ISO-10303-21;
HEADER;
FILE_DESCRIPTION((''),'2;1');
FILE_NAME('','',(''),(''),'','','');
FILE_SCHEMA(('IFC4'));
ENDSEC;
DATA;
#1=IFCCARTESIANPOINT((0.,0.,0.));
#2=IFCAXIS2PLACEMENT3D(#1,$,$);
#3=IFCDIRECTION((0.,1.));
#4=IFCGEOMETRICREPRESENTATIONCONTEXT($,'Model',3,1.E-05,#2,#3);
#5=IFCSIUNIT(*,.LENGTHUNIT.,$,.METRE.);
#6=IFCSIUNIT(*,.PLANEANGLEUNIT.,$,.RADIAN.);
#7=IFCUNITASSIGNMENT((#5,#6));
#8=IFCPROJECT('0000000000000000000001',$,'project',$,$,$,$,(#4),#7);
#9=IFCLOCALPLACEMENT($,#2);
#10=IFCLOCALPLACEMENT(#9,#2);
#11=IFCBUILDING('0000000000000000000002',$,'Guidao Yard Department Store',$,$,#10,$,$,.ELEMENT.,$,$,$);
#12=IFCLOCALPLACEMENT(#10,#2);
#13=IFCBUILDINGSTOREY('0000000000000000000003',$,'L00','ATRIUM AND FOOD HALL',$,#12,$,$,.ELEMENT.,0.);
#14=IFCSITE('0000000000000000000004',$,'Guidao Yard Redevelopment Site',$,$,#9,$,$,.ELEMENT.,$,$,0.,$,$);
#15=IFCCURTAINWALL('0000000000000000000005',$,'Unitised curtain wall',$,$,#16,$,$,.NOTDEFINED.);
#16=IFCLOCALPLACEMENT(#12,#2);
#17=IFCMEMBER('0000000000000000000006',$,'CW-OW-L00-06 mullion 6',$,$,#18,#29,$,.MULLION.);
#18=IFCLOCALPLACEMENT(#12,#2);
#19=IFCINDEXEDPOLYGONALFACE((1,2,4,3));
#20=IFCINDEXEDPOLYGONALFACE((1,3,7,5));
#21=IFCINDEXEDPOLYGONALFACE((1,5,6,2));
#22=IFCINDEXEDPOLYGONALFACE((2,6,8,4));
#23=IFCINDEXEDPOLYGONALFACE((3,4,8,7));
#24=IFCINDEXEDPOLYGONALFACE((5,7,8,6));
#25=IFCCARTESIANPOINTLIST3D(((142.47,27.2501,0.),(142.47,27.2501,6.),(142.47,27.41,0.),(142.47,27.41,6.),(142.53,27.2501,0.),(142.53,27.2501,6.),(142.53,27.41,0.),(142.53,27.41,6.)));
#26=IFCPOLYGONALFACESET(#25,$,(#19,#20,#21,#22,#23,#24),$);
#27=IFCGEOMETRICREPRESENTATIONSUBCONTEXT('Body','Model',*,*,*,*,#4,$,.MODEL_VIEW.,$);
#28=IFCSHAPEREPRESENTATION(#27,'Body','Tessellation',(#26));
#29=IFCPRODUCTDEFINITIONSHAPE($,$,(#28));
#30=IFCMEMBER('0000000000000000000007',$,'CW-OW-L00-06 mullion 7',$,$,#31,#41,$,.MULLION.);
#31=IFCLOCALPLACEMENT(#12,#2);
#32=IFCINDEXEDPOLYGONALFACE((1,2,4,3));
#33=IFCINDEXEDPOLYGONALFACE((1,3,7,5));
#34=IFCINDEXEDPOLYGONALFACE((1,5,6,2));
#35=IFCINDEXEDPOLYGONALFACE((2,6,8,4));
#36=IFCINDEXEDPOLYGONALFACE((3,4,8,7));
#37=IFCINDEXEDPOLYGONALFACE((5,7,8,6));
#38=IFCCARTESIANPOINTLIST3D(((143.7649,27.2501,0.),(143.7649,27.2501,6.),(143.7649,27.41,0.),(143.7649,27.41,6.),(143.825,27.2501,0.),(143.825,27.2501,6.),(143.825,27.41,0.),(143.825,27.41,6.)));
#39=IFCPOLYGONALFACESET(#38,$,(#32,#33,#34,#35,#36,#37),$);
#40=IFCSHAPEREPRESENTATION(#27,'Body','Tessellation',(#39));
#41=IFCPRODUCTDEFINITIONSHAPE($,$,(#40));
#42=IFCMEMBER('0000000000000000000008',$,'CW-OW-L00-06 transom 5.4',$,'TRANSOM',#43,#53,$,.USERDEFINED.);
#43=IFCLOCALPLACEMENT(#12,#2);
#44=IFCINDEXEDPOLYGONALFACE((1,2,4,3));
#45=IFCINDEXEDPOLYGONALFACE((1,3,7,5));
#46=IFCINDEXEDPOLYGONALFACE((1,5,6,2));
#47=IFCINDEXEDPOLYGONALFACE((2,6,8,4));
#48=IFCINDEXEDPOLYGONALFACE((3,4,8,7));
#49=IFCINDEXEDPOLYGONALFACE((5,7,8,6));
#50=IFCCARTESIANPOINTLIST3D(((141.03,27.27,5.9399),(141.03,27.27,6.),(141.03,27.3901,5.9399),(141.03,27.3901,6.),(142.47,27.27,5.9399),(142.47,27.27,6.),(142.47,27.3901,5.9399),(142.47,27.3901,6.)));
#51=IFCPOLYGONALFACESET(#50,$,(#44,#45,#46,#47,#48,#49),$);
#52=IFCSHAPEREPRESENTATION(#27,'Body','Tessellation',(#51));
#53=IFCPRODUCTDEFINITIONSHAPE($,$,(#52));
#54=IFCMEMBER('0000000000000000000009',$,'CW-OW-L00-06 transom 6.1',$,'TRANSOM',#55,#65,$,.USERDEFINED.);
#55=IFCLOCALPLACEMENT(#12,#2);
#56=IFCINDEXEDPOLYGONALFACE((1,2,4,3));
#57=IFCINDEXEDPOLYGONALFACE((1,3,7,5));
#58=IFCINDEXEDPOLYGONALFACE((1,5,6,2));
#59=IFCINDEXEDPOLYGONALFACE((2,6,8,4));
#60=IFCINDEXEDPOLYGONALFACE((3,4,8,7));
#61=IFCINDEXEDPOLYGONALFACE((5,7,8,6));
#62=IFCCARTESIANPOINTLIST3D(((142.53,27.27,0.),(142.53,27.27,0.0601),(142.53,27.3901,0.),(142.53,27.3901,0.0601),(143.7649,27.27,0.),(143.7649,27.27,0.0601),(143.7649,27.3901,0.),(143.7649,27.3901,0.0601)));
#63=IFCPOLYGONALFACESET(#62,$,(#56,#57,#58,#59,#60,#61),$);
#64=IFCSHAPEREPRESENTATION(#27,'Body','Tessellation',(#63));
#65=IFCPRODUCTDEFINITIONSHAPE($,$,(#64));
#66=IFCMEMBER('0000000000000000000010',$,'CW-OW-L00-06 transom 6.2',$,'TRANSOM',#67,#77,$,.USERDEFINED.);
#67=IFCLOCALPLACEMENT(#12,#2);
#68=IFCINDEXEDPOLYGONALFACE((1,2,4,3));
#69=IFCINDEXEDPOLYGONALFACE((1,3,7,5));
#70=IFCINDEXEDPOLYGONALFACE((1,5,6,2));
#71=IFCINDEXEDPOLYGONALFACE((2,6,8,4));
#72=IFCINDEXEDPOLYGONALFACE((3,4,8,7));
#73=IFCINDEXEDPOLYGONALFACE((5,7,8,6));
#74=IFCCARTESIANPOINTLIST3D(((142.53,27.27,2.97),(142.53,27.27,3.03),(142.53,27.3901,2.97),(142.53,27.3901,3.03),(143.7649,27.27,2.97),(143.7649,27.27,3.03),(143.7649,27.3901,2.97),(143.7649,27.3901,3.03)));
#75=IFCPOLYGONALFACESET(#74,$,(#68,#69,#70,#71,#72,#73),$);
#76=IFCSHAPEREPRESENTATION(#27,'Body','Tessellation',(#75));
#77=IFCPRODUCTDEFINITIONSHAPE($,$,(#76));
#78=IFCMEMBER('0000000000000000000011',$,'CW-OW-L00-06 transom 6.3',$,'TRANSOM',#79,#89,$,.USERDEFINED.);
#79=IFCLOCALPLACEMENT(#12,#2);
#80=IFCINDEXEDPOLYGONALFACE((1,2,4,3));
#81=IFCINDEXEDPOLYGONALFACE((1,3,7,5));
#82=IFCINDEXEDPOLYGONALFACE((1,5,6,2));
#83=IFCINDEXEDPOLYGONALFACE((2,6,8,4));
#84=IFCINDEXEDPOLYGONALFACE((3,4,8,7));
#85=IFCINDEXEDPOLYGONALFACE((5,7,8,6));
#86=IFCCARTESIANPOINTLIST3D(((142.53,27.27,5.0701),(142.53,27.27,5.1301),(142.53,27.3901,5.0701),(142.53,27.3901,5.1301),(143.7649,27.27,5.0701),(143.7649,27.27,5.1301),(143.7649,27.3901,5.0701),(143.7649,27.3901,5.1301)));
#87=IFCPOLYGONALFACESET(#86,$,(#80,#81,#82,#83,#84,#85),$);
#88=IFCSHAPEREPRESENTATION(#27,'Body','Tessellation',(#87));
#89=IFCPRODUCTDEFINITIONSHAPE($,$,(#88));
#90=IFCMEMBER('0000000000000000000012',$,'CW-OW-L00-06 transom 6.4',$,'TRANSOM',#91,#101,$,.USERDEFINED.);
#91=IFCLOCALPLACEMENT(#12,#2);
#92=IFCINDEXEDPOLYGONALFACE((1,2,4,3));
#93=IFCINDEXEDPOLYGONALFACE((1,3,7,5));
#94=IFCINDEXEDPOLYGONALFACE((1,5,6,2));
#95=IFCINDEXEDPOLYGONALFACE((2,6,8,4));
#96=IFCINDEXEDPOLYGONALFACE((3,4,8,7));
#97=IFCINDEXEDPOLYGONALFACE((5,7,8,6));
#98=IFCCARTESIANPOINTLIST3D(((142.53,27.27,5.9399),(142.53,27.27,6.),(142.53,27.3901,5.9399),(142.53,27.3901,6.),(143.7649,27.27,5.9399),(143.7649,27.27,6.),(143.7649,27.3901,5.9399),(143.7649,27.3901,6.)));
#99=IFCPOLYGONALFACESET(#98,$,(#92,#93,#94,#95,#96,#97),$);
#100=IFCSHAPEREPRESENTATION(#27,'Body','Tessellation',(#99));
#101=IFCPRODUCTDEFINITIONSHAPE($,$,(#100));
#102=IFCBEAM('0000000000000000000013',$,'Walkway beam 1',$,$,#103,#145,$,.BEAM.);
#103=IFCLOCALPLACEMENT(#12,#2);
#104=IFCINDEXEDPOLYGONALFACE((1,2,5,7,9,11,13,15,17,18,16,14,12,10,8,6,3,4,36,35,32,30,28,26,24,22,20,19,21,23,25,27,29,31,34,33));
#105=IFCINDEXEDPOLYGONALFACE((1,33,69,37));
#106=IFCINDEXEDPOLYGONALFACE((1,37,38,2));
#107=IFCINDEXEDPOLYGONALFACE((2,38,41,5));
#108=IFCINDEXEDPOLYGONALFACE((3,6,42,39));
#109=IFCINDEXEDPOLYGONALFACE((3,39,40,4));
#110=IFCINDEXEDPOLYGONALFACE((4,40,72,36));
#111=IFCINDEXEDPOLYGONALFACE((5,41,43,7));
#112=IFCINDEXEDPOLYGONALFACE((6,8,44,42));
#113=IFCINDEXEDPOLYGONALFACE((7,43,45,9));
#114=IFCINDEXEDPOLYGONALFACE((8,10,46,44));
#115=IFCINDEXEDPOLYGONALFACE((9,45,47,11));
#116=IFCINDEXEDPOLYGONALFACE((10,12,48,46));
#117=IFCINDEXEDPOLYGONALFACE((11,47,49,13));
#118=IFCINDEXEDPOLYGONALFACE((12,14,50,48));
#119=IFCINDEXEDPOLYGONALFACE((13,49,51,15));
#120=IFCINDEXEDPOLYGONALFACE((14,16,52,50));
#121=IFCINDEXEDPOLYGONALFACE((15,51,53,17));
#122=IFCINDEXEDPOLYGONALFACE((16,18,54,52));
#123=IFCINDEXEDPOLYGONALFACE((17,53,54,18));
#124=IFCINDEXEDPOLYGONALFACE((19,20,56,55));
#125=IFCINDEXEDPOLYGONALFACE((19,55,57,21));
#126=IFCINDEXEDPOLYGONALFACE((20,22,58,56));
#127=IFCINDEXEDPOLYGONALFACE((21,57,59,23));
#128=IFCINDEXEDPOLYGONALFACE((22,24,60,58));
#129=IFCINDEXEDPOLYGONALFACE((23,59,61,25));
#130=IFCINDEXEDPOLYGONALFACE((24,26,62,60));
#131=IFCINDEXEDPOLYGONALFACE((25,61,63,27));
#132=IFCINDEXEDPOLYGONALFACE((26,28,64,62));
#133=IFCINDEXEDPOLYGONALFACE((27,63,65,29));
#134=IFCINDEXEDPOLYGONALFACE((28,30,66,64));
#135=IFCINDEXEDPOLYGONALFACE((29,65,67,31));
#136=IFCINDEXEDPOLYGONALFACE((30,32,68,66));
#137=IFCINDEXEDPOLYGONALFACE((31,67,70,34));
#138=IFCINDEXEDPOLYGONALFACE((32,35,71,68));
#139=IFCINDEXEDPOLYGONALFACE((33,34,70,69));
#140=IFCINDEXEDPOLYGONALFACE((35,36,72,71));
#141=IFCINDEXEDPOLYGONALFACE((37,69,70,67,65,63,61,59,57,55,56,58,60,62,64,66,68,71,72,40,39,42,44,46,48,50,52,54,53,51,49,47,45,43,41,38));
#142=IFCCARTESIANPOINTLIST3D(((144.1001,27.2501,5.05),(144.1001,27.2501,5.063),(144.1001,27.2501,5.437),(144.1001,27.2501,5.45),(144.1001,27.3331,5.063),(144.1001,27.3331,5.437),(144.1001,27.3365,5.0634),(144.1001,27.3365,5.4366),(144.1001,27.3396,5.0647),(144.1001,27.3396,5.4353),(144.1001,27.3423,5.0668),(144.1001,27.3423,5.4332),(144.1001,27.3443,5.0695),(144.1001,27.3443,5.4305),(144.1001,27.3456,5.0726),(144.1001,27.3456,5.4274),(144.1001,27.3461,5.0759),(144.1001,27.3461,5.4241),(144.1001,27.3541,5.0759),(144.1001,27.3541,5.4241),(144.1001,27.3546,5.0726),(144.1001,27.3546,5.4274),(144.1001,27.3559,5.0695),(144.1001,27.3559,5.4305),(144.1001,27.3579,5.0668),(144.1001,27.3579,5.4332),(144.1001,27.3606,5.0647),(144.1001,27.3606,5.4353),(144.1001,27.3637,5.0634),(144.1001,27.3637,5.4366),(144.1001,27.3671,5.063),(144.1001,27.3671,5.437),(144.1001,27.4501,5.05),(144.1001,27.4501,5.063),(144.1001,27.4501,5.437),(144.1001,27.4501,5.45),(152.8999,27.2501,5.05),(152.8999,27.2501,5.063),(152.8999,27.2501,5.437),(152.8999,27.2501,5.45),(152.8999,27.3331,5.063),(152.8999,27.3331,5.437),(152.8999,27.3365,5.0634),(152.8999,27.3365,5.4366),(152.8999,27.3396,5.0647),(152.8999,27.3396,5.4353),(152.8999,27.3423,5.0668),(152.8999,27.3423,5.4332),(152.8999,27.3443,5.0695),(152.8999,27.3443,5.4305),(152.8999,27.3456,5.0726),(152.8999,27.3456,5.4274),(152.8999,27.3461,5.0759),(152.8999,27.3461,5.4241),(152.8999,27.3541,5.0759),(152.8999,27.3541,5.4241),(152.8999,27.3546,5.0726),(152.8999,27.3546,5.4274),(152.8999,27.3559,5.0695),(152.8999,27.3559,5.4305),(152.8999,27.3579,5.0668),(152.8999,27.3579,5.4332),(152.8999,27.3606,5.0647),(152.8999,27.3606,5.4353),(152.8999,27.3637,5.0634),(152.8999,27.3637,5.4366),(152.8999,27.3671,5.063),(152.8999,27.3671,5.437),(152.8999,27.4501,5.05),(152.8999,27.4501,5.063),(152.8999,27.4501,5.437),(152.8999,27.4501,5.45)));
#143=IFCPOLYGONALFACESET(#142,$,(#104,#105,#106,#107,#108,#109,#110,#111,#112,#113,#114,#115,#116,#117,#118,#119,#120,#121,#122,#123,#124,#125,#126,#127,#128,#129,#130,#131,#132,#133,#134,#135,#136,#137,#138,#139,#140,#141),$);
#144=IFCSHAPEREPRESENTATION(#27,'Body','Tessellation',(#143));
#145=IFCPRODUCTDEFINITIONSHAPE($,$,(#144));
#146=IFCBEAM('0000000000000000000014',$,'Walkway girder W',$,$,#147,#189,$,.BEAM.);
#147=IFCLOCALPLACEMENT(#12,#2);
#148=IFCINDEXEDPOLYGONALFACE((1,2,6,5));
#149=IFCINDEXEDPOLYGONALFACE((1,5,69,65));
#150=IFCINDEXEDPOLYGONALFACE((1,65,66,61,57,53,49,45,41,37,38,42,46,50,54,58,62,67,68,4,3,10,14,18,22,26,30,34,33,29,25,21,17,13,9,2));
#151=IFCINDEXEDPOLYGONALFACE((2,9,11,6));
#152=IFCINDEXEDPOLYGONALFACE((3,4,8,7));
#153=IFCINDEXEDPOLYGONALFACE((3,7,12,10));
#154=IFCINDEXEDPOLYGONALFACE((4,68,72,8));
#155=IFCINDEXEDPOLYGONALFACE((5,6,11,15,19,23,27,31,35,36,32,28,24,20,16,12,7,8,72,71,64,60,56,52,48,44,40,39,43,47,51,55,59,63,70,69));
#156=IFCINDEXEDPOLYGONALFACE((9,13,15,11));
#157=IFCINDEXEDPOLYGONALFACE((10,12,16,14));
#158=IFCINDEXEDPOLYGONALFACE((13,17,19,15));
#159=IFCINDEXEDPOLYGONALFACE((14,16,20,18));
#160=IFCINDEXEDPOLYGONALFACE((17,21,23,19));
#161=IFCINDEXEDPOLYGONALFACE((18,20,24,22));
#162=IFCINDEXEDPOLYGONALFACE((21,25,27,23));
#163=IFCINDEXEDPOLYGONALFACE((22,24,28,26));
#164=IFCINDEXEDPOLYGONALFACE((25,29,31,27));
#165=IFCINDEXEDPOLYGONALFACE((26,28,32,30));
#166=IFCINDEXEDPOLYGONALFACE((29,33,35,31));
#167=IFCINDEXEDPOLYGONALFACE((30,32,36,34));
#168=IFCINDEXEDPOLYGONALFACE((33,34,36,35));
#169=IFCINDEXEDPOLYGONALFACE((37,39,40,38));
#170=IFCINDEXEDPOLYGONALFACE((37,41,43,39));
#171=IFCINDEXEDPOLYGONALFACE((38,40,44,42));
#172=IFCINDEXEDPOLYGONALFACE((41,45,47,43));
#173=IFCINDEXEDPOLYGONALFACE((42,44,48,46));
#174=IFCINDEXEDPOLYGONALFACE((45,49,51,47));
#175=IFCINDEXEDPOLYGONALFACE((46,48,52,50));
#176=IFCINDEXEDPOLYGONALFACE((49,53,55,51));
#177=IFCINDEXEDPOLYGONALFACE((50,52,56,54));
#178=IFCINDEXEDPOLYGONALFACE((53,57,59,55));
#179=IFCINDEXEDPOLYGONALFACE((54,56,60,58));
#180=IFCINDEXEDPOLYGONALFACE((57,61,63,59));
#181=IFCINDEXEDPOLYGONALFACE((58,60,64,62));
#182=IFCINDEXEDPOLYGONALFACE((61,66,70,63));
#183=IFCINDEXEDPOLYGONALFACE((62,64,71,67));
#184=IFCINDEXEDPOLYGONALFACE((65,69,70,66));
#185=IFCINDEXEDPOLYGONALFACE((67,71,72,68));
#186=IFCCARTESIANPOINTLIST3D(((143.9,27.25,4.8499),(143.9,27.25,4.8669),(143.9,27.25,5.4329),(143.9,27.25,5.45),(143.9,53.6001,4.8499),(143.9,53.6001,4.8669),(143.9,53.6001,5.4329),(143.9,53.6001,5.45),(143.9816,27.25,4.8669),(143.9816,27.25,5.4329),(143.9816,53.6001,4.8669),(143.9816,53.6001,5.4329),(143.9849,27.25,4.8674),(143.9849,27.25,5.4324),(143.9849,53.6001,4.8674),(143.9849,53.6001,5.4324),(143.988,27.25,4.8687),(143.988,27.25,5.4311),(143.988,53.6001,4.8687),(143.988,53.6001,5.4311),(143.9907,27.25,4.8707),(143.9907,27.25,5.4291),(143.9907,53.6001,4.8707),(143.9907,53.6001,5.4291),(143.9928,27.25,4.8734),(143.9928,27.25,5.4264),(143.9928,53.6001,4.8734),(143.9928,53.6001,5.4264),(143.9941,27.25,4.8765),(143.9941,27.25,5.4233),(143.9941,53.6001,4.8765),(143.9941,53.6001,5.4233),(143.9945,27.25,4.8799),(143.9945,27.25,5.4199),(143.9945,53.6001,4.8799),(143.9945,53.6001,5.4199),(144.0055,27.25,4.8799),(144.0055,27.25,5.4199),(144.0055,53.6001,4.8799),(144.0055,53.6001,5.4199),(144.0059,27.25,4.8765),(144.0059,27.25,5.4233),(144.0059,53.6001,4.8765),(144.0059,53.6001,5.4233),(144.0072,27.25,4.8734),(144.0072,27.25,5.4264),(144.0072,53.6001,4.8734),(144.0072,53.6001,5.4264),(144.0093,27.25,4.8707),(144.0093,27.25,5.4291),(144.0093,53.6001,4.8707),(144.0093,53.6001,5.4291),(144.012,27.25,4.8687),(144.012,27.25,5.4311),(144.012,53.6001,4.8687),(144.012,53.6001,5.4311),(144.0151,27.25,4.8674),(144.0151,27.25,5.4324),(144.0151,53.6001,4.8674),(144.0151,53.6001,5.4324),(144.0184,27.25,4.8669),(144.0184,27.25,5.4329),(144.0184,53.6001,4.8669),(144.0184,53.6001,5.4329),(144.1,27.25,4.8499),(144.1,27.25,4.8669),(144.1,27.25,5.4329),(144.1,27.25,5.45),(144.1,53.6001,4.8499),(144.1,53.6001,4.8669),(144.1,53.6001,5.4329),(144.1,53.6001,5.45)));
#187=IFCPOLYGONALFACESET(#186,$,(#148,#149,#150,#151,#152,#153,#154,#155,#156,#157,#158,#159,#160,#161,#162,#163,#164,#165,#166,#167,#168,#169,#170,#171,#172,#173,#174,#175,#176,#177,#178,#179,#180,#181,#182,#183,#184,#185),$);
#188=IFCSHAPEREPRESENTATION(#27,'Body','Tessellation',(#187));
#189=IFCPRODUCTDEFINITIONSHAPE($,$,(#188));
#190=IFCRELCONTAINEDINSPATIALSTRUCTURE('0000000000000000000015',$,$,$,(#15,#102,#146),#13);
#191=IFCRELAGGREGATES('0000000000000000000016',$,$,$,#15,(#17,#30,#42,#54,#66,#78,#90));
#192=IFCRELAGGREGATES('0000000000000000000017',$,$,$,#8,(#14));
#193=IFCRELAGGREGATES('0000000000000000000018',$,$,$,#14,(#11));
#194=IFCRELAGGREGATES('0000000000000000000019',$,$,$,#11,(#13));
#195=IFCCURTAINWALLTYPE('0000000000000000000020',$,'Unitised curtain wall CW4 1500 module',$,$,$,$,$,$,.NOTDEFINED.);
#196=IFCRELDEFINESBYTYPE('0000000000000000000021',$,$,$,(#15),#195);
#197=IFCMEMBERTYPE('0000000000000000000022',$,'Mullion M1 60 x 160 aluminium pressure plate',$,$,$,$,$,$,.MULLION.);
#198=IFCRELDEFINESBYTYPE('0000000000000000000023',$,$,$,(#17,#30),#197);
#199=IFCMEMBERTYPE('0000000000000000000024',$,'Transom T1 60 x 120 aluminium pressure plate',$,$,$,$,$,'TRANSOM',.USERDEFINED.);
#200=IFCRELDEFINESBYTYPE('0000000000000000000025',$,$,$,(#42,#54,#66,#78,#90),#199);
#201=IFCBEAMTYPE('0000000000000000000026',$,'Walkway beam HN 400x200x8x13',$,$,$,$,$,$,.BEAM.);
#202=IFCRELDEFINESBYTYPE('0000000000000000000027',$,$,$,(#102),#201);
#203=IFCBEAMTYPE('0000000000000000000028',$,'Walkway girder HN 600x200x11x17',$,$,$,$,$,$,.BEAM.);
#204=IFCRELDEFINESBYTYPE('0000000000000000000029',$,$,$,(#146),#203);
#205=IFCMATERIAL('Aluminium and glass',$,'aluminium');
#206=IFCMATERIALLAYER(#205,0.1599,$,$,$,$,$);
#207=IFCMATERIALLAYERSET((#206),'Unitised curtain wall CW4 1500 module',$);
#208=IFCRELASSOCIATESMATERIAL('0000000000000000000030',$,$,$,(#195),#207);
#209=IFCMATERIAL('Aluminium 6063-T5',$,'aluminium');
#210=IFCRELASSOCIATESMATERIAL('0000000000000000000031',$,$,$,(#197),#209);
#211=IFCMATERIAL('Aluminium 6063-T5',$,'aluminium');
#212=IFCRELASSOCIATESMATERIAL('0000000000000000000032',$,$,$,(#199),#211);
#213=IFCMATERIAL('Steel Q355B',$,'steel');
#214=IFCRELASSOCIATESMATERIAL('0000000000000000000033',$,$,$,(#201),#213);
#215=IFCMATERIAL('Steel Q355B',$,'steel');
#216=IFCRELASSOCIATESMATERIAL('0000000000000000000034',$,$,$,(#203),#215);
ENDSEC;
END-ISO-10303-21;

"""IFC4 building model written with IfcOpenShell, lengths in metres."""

from ifc_helpers import new_model, si_unit, direction, frame, origin, origin_2d, place, context, subcontext, project, spatial, rectangle, i_section, extrude, material, layer, layer_set, material_profile, profile_set, type_object, element, aggregate, save


model = new_model("IFC4")

# Units and contexts
model_context = context("Model", 3, precision=1e-05, world=origin(), true_north=direction((0.0, 1.0)))
body_context = subcontext(model_context, "Body", "Model", "MODEL_VIEW")
ifc_project = project(units=[si_unit("LENGTHUNIT", "METRE"), si_unit("PLANEANGLEUNIT", "RADIAN")], contexts=[model_context])

# Site, building, storey
site_placement = place(None, origin())
site = spatial("IfcSite", under=ifc_project, at=site_placement, Name="Guidao Yard Redevelopment Site", CompositionType="ELEMENT", RefElevation=0.0)
building_placement = place(site_placement, origin())
building = spatial("IfcBuilding", under=site, at=building_placement, Name="Guidao Yard Department Store", CompositionType="ELEMENT")
storey_placement = place(building_placement, origin())
storey = spatial("IfcBuildingStorey", under=building, at=storey_placement, Name="L00", Description="ATRIUM AND FOOD HALL", CompositionType="ELEMENT", Elevation=0.0)

# Curtain wall, members
ifc_material_1 = material(Name="Aluminium and glass", Category="aluminium")
ifc_layer_1 = layer(ifc_material_1, 0.1599)
ifc_layer_set_1 = layer_set([ifc_layer_1], Name="Unitised curtain wall CW4 1500 module")
curtain_wall_type = type_object("IfcCurtainWallType", Name="Unitised curtain wall CW4 1500 module", PredefinedType="NOTDEFINED", material=ifc_layer_set_1)
curtain_wall_placement = place(storey_placement, origin())
curtain_wall = element("IfcCurtainWall", 1, at=curtain_wall_placement, inside=storey, type_object=curtain_wall_type, Name="Unitised curtain wall", PredefinedType="NOTDEFINED")
ifc_material_2 = material(Name="Aluminium 6063-T5", Category="aluminium")
ifc_material_profile_1 = material_profile(ifc_material_2, rectangle(XDim=0.0601, YDim=0.1599, at=origin_2d()), Name="Mullion M1 60 x 160 aluminium pressure plate")
ifc_profile_set_1 = profile_set([ifc_material_profile_1], Name="Aluminium 6063-T5")
member_type_1 = type_object("IfcMemberType", Name="Mullion M1 60 x 160 aluminium pressure plate", PredefinedType="MULLION", material=ifc_profile_set_1)
member_1_placement = place(storey_placement, frame((142.5, 27.3301, 0.0), z_axis=(0.0, 0.0, 1.0), x_axis=(1.0, 0.0, 0.0)))
member_1 = element("IfcMember", 2, at=member_1_placement, type_object=member_type_1, Name="CW-OW-L00-06 mullion 6", PredefinedType="MULLION", context=body_context, shape_type="SweptSolid", body=[
    extrude(rectangle(XDim=0.0601, YDim=0.1599, at=origin_2d()), origin(), (0.0, 0.0, 1.0), 6.0),
])
member_2_placement = place(storey_placement, frame((143.7949, 27.3301, 0.0), z_axis=(0.0, 0.0, 1.0), x_axis=(1.0, 0.0, 0.0)))
member_2 = element("IfcMember", 3, at=member_2_placement, type_object=member_type_1, Name="CW-OW-L00-06 mullion 7", PredefinedType="MULLION", context=body_context, shape_type="SweptSolid", body=[
    extrude(rectangle(XDim=0.0601, YDim=0.1599, at=origin_2d()), origin(), (0.0, 0.0, 1.0), 6.0),
])
ifc_material_3 = material(Name="Aluminium 6063-T5", Category="aluminium")
ifc_material_profile_2 = material_profile(ifc_material_3, rectangle(XDim=0.1201, YDim=0.0601, at=origin_2d()), Name="Transom T1 60 x 120 aluminium pressure plate")
ifc_profile_set_2 = profile_set([ifc_material_profile_2], Name="Aluminium 6063-T5")
member_type_2 = type_object("IfcMemberType", Name="Transom T1 60 x 120 aluminium pressure plate", ElementType="TRANSOM", PredefinedType="USERDEFINED", material=ifc_profile_set_2)
member_3_placement = place(storey_placement, frame((141.03, 27.3301, 5.97), z_axis=(1.0, 0.0, 0.0), x_axis=(0.0, 1.0, 0.0)))
member_3 = element("IfcMember", 4, at=member_3_placement, type_object=member_type_2, Name="CW-OW-L00-06 transom 5.4", ObjectType="TRANSOM", PredefinedType="USERDEFINED", context=body_context, shape_type="SweptSolid", body=[
    extrude(rectangle(XDim=0.1201, YDim=0.0601, at=origin_2d()), origin(), (0.0, 0.0, 1.0), 1.4399),
])
member_4_placement = place(storey_placement, frame((142.53, 27.3301, 0.03), z_axis=(1.0, 0.0, 0.0), x_axis=(0.0, 1.0, 0.0)))
member_4 = element("IfcMember", 5, at=member_4_placement, type_object=member_type_2, Name="CW-OW-L00-06 transom 6.1", ObjectType="TRANSOM", PredefinedType="USERDEFINED", context=body_context, shape_type="SweptSolid", body=[
    extrude(rectangle(XDim=0.1201, YDim=0.0601, at=origin_2d()), origin(), (0.0, 0.0, 1.0), 1.2349),
])
member_5_placement = place(storey_placement, frame((142.53, 27.3301, 3.0), z_axis=(1.0, 0.0, 0.0), x_axis=(0.0, 1.0, 0.0)))
member_5 = element("IfcMember", 6, at=member_5_placement, type_object=member_type_2, Name="CW-OW-L00-06 transom 6.2", ObjectType="TRANSOM", PredefinedType="USERDEFINED", context=body_context, shape_type="SweptSolid", body=[
    extrude(rectangle(XDim=0.1201, YDim=0.0601, at=origin_2d()), origin(), (0.0, 0.0, 1.0), 1.2349),
])
member_6_placement = place(storey_placement, frame((142.53, 27.3301, 5.1001), z_axis=(1.0, 0.0, 0.0), x_axis=(0.0, 1.0, 0.0)))
member_6 = element("IfcMember", 7, at=member_6_placement, type_object=member_type_2, Name="CW-OW-L00-06 transom 6.3", ObjectType="TRANSOM", PredefinedType="USERDEFINED", context=body_context, shape_type="SweptSolid", body=[
    extrude(rectangle(XDim=0.1201, YDim=0.0601, at=origin_2d()), origin(), (0.0, 0.0, 1.0), 1.2349),
])
member_7_placement = place(storey_placement, frame((142.53, 27.3301, 5.97), z_axis=(1.0, 0.0, 0.0), x_axis=(0.0, 1.0, 0.0)))
member_7 = element("IfcMember", 8, at=member_7_placement, type_object=member_type_2, Name="CW-OW-L00-06 transom 6.4", ObjectType="TRANSOM", PredefinedType="USERDEFINED", context=body_context, shape_type="SweptSolid", body=[
    extrude(rectangle(XDim=0.1201, YDim=0.0601, at=origin_2d()), origin(), (0.0, 0.0, 1.0), 1.2349),
])

# Beams
ifc_material_4 = material(Name="Steel Q355B", Category="steel")
ifc_material_profile_3 = material_profile(ifc_material_4, i_section(OverallWidth=0.2, OverallDepth=0.3999, WebThickness=0.0081, FlangeThickness=0.0129, FilletRadius=0.0129, at=origin_2d()), Name="HN 400x200x8x13")
ifc_profile_set_3 = profile_set([ifc_material_profile_3], Name="Steel Q355B")
beam_type_1 = type_object("IfcBeamType", Name="Walkway beam HN 400x200x8x13", PredefinedType="BEAM", material=ifc_profile_set_3)
beam_1_placement = place(storey_placement, frame((144.1001, 27.3501, 5.25), z_axis=(1.0, 0.0, 0.0), x_axis=(0.0, 1.0, 0.0)))
element("IfcBeam", 9, at=beam_1_placement, inside=storey, type_object=beam_type_1, Name="Walkway beam 1", PredefinedType="BEAM", context=body_context, shape_type="SweptSolid", body=[
    extrude(i_section(OverallWidth=0.2, OverallDepth=0.3999, WebThickness=0.0081, FlangeThickness=0.0129, FilletRadius=0.0129, at=origin_2d()), origin(), (0.0, 0.0, 1.0), 8.7998),
])
ifc_material_5 = material(Name="Steel Q355B", Category="steel")
ifc_material_profile_4 = material_profile(ifc_material_5, i_section(OverallWidth=0.2, OverallDepth=0.6001, WebThickness=0.011, FlangeThickness=0.0171, FilletRadius=0.0129, at=origin_2d()), Name="HN 600x200x11x17")
ifc_profile_set_4 = profile_set([ifc_material_profile_4], Name="Steel Q355B")
beam_type_2 = type_object("IfcBeamType", Name="Walkway girder HN 600x200x11x17", PredefinedType="BEAM", material=ifc_profile_set_4)
beam_2_placement = place(storey_placement, frame((144.0, 27.25, 5.1499), z_axis=(0.0, 1.0, 0.0), x_axis=(-1.0, 0.0, 0.0)))
element("IfcBeam", 10, at=beam_2_placement, inside=storey, type_object=beam_type_2, Name="Walkway girder W", PredefinedType="BEAM", context=body_context, shape_type="SweptSolid", body=[
    extrude(i_section(OverallWidth=0.2, OverallDepth=0.6001, WebThickness=0.011, FlangeThickness=0.0171, FilletRadius=0.0129, at=origin_2d()), origin(), (0.0, 0.0, 1.0), 26.3501),
])

aggregate(curtain_wall, [member_1, member_2, member_3, member_4, member_5, member_6, member_7])

save(model, "model.ifc")
